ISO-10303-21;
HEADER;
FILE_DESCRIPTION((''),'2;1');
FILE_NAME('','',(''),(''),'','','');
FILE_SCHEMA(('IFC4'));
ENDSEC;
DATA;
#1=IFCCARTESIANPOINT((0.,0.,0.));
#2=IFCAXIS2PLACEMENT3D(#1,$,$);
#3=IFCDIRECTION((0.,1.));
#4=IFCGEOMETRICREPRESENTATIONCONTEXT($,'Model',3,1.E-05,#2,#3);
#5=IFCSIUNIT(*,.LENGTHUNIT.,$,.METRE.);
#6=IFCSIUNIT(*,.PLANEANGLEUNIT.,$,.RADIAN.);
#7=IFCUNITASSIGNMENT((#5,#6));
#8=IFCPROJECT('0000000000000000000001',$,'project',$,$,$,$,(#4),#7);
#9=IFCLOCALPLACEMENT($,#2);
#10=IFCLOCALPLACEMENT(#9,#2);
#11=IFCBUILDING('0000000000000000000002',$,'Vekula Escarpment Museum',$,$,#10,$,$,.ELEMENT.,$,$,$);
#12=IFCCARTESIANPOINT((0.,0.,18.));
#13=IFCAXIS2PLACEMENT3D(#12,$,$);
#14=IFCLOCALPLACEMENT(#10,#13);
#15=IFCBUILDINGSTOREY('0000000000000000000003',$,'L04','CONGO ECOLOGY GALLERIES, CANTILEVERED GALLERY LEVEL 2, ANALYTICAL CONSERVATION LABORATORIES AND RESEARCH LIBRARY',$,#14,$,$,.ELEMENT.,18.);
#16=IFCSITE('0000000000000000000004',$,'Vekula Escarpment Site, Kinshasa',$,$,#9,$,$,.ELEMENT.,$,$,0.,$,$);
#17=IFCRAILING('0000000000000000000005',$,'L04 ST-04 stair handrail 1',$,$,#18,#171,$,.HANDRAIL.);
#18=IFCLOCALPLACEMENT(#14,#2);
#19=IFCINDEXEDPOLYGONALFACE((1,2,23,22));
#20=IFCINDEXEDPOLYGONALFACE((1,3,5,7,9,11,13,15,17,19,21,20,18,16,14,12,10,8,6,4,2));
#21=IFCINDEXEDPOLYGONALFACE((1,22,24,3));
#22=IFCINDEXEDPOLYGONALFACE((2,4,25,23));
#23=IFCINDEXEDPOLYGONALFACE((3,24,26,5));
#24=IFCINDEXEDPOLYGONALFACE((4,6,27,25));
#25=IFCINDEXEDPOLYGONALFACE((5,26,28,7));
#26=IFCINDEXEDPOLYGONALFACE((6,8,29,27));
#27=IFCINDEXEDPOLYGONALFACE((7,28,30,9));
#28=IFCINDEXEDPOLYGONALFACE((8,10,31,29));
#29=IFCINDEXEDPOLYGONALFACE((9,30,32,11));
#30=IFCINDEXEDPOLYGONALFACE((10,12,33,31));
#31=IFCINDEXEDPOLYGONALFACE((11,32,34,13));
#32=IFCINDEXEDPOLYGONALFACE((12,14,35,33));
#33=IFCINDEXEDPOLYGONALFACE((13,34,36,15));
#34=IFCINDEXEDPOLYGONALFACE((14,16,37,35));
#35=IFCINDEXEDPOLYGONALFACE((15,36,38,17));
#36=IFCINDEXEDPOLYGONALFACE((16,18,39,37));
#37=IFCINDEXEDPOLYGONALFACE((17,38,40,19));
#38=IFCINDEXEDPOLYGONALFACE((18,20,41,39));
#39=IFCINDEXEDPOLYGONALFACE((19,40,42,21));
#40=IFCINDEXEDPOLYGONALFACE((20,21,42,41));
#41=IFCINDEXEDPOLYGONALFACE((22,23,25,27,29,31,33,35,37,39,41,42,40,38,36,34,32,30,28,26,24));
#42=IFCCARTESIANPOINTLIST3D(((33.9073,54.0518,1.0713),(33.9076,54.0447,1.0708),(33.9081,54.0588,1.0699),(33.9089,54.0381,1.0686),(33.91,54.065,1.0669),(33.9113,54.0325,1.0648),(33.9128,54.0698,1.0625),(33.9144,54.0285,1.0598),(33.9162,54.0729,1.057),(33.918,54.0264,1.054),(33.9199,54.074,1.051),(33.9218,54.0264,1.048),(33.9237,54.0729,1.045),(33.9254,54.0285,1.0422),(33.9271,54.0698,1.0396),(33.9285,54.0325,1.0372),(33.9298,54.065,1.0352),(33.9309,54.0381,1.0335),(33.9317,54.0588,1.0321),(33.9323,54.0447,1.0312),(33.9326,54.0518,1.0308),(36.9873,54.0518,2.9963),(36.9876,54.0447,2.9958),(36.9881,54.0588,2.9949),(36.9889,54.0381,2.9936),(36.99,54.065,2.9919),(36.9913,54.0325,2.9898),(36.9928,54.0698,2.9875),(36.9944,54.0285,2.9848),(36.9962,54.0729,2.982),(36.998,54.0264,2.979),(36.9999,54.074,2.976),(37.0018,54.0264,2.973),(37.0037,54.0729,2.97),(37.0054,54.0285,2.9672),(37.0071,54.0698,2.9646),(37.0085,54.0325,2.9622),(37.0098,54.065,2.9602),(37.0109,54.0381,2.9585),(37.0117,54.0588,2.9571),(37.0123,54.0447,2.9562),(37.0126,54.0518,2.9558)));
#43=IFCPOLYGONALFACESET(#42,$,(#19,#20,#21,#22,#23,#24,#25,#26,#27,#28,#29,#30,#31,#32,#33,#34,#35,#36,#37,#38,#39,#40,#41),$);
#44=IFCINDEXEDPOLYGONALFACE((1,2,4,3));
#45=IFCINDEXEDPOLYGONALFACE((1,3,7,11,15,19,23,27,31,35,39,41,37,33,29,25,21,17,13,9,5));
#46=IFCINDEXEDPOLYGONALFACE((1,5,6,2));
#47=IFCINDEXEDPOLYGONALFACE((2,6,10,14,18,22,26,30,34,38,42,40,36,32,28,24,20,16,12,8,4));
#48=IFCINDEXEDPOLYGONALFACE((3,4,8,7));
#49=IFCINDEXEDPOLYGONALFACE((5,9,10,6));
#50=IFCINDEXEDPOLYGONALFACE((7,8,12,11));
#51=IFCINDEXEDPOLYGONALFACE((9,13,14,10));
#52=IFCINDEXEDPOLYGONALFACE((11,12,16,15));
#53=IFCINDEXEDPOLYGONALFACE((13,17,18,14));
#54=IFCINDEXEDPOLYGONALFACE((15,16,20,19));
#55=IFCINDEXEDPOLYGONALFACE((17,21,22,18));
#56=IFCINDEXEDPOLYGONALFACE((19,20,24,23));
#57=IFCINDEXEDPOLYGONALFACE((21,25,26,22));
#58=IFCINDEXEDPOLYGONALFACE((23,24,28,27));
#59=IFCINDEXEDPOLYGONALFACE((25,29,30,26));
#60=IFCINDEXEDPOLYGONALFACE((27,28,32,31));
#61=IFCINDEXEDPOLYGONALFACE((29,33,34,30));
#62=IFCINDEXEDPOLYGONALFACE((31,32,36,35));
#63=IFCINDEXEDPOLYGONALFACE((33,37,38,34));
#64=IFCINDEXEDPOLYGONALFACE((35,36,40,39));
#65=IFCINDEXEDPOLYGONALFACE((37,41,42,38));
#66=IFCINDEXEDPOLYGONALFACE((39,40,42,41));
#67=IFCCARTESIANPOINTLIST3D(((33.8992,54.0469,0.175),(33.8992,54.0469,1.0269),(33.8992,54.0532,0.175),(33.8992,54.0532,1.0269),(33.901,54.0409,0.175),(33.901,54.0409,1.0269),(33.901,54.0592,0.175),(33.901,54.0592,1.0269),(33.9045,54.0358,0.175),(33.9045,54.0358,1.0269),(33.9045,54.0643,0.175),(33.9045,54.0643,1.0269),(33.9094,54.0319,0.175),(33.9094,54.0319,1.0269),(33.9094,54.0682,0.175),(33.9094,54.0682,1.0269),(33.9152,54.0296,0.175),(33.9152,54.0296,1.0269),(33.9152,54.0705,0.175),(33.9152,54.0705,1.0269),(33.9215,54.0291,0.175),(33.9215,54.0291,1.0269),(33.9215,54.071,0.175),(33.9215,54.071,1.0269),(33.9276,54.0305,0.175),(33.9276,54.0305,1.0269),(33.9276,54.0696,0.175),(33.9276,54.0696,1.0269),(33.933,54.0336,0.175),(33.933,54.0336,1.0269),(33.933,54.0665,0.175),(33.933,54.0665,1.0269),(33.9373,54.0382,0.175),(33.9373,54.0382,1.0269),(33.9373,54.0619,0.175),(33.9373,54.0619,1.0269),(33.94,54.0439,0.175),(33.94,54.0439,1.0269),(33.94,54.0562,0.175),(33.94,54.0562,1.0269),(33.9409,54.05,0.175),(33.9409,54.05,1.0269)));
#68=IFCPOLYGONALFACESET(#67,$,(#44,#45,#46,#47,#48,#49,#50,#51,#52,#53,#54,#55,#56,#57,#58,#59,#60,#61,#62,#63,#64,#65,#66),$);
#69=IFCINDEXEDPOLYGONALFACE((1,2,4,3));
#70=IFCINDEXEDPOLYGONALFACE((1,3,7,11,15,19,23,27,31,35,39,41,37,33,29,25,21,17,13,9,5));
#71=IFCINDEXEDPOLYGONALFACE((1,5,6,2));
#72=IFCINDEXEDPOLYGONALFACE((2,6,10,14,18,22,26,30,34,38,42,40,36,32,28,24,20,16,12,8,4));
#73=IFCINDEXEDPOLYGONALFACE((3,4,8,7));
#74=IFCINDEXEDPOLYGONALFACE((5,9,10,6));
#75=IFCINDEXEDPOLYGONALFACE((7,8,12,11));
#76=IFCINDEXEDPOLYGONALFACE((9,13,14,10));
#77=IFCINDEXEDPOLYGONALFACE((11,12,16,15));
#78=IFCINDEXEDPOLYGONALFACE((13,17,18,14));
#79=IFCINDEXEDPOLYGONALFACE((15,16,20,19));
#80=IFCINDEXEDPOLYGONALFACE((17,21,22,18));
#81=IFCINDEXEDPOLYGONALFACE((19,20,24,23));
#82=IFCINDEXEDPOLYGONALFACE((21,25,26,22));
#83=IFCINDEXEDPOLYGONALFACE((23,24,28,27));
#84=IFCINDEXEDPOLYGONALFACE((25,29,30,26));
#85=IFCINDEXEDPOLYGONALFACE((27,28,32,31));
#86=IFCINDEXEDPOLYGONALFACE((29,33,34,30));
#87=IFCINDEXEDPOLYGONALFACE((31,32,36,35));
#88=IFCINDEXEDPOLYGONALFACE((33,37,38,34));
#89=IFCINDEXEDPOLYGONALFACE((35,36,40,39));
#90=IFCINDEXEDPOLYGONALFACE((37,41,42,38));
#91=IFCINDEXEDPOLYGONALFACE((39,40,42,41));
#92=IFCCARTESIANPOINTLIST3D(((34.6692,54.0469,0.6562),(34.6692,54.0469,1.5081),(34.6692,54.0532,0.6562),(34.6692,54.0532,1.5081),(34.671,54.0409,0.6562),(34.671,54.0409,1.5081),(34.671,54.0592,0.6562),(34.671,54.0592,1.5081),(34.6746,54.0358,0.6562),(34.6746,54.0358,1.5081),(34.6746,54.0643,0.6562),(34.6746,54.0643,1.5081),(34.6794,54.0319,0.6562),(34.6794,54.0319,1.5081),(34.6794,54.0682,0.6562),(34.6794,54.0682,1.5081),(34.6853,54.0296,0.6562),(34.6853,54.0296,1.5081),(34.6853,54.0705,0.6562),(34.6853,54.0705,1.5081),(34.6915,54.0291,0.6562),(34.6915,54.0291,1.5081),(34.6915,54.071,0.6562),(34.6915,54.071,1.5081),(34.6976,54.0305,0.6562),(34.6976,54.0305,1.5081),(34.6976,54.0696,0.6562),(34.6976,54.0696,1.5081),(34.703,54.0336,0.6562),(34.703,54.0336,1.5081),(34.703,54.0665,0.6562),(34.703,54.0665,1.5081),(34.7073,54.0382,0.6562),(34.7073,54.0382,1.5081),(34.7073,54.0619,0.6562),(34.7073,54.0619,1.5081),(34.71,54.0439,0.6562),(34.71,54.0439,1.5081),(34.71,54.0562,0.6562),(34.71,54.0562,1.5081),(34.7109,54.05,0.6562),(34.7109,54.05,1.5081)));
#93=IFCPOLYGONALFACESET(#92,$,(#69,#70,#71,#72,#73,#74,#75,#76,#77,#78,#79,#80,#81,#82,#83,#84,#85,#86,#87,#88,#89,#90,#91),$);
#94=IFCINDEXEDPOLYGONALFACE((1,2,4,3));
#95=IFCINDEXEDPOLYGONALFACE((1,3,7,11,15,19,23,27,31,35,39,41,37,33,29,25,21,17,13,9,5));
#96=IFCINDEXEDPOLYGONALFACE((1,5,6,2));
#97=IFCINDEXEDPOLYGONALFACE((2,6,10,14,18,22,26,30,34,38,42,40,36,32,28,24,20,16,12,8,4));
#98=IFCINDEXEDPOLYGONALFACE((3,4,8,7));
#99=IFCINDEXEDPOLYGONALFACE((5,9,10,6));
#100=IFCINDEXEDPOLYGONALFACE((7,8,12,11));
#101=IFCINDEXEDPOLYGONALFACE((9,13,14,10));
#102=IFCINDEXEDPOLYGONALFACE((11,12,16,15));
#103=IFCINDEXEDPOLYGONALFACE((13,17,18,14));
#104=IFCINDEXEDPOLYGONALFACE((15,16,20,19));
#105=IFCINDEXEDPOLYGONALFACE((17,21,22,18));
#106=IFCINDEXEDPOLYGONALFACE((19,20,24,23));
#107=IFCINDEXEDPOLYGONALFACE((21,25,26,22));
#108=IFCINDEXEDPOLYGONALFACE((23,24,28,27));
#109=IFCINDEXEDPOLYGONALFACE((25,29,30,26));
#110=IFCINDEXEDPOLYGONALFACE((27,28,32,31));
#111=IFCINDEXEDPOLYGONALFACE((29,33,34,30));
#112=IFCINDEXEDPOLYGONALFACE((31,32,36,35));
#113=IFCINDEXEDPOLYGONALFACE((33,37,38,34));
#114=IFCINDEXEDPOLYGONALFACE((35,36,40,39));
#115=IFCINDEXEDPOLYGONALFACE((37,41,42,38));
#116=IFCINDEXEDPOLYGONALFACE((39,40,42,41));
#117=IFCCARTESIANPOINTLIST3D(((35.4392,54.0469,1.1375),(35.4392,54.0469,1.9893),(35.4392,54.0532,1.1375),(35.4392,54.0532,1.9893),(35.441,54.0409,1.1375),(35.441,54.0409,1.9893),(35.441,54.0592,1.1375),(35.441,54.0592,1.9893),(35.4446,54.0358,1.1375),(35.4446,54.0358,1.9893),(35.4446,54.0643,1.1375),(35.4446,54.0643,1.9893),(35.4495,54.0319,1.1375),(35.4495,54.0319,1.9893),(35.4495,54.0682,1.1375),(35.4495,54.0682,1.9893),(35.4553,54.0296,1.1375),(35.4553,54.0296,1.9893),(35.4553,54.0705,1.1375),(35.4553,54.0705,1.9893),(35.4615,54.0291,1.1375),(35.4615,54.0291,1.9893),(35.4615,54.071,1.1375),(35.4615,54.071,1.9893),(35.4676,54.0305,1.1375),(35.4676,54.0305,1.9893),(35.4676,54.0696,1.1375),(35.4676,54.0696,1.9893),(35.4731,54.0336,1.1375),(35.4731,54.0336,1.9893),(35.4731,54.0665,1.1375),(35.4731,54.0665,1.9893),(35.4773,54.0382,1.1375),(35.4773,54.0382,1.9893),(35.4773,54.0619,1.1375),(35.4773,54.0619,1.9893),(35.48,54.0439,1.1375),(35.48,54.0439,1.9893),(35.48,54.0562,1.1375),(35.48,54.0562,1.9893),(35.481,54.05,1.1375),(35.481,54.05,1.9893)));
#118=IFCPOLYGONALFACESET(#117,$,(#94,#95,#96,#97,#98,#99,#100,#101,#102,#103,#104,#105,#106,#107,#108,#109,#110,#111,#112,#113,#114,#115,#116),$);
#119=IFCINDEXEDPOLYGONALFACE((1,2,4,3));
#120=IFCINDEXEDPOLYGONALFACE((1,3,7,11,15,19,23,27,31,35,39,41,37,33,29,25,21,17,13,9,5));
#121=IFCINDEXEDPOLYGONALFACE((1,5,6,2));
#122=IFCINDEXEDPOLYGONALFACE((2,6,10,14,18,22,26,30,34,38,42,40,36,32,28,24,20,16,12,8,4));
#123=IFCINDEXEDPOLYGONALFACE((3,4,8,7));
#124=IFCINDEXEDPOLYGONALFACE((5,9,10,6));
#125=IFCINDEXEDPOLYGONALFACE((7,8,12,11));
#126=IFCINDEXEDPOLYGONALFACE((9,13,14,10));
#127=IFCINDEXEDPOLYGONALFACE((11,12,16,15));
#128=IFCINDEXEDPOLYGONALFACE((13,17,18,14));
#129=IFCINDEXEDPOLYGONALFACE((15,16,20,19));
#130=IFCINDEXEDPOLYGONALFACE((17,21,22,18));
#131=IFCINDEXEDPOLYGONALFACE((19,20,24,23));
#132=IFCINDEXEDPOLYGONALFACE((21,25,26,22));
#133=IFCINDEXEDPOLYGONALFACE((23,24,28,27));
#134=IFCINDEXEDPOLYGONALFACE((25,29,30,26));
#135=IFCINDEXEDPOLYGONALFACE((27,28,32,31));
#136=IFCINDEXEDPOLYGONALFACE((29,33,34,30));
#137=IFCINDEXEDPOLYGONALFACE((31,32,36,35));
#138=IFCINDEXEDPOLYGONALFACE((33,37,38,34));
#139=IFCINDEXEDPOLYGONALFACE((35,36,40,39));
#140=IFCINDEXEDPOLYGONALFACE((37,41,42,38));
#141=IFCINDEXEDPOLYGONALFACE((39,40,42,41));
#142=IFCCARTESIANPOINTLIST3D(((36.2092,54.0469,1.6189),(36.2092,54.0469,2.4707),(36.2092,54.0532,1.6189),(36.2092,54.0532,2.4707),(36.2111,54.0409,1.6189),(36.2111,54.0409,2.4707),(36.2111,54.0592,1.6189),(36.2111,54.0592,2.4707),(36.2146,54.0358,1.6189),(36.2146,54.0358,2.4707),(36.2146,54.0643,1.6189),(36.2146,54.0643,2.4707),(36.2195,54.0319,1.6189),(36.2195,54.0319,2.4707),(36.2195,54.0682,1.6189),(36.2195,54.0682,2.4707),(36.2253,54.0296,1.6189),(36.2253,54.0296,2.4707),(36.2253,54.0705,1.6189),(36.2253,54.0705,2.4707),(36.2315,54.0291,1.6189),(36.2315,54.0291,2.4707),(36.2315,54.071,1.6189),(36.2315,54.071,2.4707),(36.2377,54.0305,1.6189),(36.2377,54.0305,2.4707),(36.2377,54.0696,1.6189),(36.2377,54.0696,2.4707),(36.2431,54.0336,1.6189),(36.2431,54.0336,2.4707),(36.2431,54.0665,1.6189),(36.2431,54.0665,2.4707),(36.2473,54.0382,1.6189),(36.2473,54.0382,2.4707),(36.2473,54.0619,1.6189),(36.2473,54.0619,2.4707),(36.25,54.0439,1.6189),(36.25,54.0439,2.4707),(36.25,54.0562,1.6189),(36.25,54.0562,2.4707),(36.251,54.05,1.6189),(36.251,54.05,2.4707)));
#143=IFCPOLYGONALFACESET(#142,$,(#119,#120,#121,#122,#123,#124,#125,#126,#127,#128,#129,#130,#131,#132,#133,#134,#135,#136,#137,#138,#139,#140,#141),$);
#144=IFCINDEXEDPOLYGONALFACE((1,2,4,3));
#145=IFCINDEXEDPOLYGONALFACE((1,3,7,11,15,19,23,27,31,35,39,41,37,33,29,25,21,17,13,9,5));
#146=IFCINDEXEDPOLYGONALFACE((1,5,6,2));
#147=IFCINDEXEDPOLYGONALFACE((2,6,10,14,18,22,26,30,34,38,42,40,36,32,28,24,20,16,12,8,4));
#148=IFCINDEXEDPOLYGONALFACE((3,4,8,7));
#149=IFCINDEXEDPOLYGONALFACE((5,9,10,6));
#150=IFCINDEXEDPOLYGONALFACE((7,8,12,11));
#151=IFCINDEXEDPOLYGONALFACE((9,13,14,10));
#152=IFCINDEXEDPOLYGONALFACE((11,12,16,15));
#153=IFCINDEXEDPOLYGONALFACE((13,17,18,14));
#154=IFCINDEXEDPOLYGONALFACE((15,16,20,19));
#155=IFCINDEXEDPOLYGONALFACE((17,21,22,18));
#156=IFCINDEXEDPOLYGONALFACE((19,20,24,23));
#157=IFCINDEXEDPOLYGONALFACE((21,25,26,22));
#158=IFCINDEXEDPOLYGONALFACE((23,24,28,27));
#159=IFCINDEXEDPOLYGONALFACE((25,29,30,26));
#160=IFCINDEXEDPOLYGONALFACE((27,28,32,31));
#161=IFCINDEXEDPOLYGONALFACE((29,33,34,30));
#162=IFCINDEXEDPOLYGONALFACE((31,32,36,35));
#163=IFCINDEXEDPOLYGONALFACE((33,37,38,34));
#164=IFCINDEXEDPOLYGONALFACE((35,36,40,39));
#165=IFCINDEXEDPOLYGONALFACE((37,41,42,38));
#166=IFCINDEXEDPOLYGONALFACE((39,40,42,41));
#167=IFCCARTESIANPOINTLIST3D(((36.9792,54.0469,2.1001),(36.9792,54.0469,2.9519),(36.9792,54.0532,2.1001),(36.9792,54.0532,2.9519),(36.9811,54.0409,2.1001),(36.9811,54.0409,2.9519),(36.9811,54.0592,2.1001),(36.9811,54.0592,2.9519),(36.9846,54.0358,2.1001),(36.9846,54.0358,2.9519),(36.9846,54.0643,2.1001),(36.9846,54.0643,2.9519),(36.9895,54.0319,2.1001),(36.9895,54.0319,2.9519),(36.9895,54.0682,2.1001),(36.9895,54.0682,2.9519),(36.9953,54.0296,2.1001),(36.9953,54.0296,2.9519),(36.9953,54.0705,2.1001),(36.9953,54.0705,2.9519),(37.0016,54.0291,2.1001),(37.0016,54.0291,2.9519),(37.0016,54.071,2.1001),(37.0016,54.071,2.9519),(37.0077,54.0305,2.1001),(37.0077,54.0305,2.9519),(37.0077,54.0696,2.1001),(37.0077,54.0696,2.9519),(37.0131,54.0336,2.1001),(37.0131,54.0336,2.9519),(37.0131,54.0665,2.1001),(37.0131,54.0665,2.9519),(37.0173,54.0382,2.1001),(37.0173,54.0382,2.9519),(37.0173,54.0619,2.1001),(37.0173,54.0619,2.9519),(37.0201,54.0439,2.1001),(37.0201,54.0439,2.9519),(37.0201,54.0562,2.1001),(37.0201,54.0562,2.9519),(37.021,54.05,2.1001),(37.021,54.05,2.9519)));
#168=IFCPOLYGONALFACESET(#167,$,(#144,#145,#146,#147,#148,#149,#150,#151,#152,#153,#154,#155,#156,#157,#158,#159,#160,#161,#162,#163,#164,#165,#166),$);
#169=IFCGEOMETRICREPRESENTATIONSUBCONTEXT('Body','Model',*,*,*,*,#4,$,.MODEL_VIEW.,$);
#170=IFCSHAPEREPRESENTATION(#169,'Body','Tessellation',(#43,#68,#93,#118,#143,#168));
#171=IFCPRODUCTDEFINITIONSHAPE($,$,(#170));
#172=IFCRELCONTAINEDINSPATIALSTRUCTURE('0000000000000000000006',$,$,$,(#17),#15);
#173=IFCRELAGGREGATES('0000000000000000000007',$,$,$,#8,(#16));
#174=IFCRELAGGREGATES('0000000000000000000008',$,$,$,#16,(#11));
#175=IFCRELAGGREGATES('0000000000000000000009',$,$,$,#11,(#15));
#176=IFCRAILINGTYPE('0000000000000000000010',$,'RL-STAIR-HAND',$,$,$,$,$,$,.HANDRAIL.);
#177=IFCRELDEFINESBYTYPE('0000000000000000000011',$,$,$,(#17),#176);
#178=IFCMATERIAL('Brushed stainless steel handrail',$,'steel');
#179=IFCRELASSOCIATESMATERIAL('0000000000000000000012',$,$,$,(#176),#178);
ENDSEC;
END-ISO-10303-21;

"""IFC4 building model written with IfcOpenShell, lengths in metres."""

from ifc_helpers import new_model, si_unit, direction, frame, origin, origin_2d, place, context, subcontext, project, spatial, circle, extrude, material, type_object, element, save


model = new_model("IFC4")

# Units and contexts
model_context = context("Model", 3, precision=1e-05, world=origin(), true_north=direction((0.0, 1.0)))
body_context = subcontext(model_context, "Body", "Model", "MODEL_VIEW")
ifc_project = project(units=[si_unit("LENGTHUNIT", "METRE"), si_unit("PLANEANGLEUNIT", "RADIAN")], contexts=[model_context])

# Site, building, storey
site_placement = place(None, origin())
site = spatial("IfcSite", under=ifc_project, at=site_placement, Name="Vekula Escarpment Site, Kinshasa", CompositionType="ELEMENT", RefElevation=0.0)
building_placement = place(site_placement, origin())
building = spatial("IfcBuilding", under=site, at=building_placement, Name="Vekula Escarpment Museum", CompositionType="ELEMENT")
storey_placement = place(building_placement, frame((0.0, 0.0, 18.0)))
storey = spatial("IfcBuildingStorey", under=building, at=storey_placement, Name="L04", Description="CONGO ECOLOGY GALLERIES, CANTILEVERED GALLERY LEVEL 2, ANALYTICAL CONSERVATION LABORATORIES AND RESEARCH LIBRARY", CompositionType="ELEMENT", Elevation=18.0)

# Railing
ifc_material_1 = material(Name="Brushed stainless steel handrail", Category="steel")
railing_type_1 = type_object("IfcRailingType", Name="RL-STAIR-HAND", PredefinedType="HANDRAIL", material=ifc_material_1)
railing_1_placement = place(storey_placement, frame((33.9199, 54.05, 0.175)))
element("IfcRailing", 1, at=railing_1_placement, inside=storey, type_object=railing_type_1, Name="L04 ST-04 stair handrail 1", PredefinedType="HANDRAIL", context=body_context, shape_type="SweptSolid", body=[
    extrude(circle(Radius=0.0239, at=origin_2d()), frame((0.0, 0.0, 0.876), z_axis=(0.847998, 0.0, 0.529999), x_axis=(0.0, 1.0, 0.0)), (0.0, 0.0, 1.0), 3.6321),
    extrude(circle(Radius=0.021, at=origin_2d()), origin(), (0.0, 0.0, 1.0), 0.8518),
    extrude(circle(Radius=0.021, at=origin_2d()), frame((0.77, 0.0, 0.4812)), (0.0, 0.0, 1.0), 0.8518),
    extrude(circle(Radius=0.021, at=origin_2d()), frame((1.54, 0.0, 0.9624)), (0.0, 0.0, 1.0), 0.8518),
    extrude(circle(Radius=0.021, at=origin_2d()), frame((2.3101, 0.0, 1.4438)), (0.0, 0.0, 1.0), 0.8518),
    extrude(circle(Radius=0.021, at=origin_2d()), frame((3.0801, 0.0, 1.925)), (0.0, 0.0, 1.0), 0.8518),
])

save(model, "model.ifc")
